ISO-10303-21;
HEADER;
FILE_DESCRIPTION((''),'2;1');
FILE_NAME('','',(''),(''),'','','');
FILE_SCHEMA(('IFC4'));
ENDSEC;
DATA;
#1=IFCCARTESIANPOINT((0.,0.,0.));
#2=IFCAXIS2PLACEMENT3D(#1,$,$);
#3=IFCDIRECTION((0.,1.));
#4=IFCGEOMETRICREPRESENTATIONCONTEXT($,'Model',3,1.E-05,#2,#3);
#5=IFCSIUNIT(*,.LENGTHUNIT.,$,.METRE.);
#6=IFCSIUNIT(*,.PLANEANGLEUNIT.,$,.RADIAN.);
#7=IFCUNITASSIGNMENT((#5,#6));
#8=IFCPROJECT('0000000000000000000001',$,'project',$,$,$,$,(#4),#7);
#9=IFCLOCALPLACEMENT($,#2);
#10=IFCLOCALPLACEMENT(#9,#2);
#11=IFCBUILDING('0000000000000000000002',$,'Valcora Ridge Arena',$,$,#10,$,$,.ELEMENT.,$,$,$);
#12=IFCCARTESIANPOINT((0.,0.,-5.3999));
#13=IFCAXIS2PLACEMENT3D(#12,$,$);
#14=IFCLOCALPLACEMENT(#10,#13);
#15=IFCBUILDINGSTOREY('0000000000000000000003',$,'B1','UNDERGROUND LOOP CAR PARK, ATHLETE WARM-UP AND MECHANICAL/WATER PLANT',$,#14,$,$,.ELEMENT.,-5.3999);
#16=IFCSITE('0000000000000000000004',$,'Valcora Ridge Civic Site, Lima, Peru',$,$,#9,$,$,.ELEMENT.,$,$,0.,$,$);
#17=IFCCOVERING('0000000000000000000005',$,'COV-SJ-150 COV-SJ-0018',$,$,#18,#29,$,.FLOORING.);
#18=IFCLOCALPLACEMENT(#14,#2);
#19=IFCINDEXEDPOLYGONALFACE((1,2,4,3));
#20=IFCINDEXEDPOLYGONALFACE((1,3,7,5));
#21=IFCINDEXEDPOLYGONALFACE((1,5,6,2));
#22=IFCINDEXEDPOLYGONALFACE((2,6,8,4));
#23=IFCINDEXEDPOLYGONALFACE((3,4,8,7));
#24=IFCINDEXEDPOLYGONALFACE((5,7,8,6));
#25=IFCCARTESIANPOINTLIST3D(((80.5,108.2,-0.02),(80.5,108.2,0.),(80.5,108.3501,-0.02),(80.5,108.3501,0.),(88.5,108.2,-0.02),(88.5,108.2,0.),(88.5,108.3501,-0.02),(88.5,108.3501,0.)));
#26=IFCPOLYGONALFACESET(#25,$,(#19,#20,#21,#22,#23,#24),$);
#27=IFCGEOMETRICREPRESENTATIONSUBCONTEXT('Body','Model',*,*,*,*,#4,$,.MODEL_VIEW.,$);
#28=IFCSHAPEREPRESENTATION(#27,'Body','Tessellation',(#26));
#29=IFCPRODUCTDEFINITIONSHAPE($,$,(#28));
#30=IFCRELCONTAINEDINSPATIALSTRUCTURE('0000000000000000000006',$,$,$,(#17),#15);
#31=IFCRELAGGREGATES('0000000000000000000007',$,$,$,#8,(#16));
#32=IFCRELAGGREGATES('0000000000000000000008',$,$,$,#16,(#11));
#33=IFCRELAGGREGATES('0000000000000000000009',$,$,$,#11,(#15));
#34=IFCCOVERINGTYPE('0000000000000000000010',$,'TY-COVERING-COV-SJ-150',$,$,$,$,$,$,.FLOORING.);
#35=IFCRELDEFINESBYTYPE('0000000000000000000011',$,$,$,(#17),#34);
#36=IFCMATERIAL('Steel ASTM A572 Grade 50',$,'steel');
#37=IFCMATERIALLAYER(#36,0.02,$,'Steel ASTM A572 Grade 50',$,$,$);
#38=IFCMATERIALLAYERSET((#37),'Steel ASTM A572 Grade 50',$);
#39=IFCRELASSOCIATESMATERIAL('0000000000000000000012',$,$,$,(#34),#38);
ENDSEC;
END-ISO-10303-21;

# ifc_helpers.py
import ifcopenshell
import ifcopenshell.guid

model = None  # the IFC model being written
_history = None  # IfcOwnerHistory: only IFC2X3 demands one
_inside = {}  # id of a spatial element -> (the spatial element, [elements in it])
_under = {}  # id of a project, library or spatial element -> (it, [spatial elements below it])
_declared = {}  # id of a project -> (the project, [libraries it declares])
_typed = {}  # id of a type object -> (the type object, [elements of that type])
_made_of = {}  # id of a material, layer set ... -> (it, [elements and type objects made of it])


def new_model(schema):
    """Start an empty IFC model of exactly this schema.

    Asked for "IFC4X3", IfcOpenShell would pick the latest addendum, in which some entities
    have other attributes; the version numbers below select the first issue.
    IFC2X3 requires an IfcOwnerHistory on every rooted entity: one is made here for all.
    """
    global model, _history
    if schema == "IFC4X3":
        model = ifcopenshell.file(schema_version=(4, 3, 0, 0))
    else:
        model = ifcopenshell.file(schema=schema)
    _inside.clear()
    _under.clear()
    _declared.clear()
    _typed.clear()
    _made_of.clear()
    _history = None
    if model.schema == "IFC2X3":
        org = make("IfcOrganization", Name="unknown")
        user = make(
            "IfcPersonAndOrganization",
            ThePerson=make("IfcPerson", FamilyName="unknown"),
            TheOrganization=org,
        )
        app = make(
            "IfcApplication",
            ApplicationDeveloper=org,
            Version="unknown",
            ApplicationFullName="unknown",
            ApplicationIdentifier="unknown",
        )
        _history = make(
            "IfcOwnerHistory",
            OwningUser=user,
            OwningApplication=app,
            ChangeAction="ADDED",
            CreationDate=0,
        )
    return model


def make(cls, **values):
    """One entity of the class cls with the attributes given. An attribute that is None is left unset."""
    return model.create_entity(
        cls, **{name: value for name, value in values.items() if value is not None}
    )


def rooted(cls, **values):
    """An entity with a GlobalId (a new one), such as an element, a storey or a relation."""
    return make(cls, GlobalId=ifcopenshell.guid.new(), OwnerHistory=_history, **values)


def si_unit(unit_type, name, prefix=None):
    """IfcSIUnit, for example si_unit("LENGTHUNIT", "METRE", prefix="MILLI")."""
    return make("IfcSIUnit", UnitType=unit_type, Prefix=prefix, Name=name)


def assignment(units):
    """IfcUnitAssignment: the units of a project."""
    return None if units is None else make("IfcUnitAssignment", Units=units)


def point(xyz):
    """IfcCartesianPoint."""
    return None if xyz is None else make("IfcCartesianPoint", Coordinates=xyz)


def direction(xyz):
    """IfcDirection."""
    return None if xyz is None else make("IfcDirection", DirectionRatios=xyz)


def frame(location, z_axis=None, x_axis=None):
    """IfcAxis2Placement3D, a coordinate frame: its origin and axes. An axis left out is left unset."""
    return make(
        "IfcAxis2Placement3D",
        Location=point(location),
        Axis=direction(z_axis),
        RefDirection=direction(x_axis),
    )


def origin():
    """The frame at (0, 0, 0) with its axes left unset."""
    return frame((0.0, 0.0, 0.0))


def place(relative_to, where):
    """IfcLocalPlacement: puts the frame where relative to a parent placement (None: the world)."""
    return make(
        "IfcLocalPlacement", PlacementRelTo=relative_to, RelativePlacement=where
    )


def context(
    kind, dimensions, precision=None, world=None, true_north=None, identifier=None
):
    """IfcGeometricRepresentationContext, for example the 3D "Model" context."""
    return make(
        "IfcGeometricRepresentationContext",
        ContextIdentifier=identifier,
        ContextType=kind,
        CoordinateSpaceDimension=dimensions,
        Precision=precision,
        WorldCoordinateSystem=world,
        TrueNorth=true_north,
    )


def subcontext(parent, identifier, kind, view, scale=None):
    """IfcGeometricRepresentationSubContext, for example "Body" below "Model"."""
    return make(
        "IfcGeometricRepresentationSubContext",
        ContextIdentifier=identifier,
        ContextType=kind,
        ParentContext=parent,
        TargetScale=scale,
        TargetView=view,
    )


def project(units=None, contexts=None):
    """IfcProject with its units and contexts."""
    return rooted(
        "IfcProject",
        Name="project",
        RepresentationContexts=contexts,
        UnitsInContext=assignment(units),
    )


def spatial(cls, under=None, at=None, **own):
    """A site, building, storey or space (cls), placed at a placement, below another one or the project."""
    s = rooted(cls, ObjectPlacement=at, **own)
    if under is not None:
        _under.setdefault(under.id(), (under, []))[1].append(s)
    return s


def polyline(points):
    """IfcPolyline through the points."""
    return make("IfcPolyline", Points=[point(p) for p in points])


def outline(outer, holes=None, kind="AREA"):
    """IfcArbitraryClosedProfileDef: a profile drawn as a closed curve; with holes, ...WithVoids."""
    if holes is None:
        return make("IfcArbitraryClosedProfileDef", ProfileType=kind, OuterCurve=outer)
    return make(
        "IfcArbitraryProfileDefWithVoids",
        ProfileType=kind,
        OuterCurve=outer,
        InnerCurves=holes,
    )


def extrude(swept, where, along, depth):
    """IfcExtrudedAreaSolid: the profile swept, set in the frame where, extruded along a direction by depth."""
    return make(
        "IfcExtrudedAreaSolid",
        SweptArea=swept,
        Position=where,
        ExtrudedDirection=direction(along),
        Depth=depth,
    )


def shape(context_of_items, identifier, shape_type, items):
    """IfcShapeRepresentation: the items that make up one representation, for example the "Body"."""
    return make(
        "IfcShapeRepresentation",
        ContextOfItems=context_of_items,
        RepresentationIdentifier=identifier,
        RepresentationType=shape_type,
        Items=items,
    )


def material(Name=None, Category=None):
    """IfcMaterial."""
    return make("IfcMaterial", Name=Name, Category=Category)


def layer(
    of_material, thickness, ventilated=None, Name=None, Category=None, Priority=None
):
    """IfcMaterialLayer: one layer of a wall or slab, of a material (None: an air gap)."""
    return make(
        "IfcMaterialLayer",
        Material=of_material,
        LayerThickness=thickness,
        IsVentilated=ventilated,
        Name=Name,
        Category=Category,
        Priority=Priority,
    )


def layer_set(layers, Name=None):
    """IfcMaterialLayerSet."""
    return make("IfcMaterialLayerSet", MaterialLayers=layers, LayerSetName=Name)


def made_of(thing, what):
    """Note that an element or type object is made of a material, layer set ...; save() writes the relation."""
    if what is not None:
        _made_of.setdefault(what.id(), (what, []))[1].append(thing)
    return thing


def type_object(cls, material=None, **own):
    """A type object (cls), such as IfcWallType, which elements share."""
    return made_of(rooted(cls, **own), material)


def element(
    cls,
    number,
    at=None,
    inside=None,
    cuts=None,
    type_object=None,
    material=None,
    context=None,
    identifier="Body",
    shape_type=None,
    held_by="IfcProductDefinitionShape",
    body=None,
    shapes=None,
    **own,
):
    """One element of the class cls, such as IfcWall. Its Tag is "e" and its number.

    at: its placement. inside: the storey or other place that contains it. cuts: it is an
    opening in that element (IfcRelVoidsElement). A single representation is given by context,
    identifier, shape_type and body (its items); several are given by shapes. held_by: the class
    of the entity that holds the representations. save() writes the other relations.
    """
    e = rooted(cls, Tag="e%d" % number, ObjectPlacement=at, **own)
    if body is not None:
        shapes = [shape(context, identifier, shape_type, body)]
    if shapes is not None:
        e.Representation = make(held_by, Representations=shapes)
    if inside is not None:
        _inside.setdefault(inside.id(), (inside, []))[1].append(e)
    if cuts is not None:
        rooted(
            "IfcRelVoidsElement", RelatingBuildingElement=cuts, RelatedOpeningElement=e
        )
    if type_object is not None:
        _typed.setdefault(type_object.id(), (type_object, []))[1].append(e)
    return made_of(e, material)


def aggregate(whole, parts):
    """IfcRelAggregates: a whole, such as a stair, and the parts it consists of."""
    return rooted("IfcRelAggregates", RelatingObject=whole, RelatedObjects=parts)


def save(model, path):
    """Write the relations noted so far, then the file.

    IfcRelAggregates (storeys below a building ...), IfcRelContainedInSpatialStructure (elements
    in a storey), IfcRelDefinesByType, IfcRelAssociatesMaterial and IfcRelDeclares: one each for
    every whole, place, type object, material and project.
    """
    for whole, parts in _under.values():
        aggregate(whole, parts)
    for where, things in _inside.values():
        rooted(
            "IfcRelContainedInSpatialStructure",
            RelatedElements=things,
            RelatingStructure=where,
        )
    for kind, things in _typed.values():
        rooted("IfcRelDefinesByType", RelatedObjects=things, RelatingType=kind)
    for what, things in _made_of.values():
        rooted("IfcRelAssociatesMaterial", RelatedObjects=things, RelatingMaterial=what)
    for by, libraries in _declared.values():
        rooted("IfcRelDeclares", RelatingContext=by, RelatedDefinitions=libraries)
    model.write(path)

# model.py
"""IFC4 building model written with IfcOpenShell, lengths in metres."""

from ifc_helpers import new_model, si_unit, direction, frame, origin, place, context, subcontext, project, spatial, polyline, outline, extrude, material, layer, layer_set, type_object, element, save


model = new_model("IFC4")

# Units and contexts
model_context = context("Model", 3, precision=1e-05, world=origin(), true_north=direction((0.0, 1.0)))
body_context = subcontext(model_context, "Body", "Model", "MODEL_VIEW")
ifc_project = project(units=[si_unit("LENGTHUNIT", "METRE"), si_unit("PLANEANGLEUNIT", "RADIAN")], contexts=[model_context])

# Site, building, storey
site_placement = place(None, origin())
site = spatial("IfcSite", under=ifc_project, at=site_placement, Name="Valcora Ridge Civic Site, Lima, Peru", CompositionType="ELEMENT", RefElevation=0.0)
building_placement = place(site_placement, origin())
building = spatial("IfcBuilding", under=site, at=building_placement, Name="Valcora Ridge Arena", CompositionType="ELEMENT")
storey_placement = place(building_placement, frame((0.0, 0.0, -5.3999)))
storey = spatial("IfcBuildingStorey", under=building, at=storey_placement, Name="B1", Description="UNDERGROUND LOOP CAR PARK, ATHLETE WARM-UP AND MECHANICAL/WATER PLANT", CompositionType="ELEMENT", Elevation=-5.3999)

# Covering
ifc_material_1 = material(Name="Steel ASTM A572 Grade 50", Category="steel")
ifc_layer_1 = layer(ifc_material_1, 0.02, Name="Steel ASTM A572 Grade 50")
ifc_layer_set_1 = layer_set([ifc_layer_1], Name="Steel ASTM A572 Grade 50")
covering_type = type_object("IfcCoveringType", Name="TY-COVERING-COV-SJ-150", PredefinedType="FLOORING", material=ifc_layer_set_1)
covering_1_placement = place(storey_placement, frame((0.0, 0.0, -0.02)))
element("IfcCovering", 1, at=covering_1_placement, inside=storey, type_object=covering_type, Name="COV-SJ-150 COV-SJ-0018", PredefinedType="FLOORING", context=body_context, shape_type="SweptSolid", body=[
    extrude(outline(polyline([(80.5, 108.2), (88.5, 108.2), (88.5, 108.3501), (80.5, 108.3501), (80.5, 108.2)])), origin(), (0.0, 0.0, 1.0), 0.02),
])

save(model, "model.ifc")
